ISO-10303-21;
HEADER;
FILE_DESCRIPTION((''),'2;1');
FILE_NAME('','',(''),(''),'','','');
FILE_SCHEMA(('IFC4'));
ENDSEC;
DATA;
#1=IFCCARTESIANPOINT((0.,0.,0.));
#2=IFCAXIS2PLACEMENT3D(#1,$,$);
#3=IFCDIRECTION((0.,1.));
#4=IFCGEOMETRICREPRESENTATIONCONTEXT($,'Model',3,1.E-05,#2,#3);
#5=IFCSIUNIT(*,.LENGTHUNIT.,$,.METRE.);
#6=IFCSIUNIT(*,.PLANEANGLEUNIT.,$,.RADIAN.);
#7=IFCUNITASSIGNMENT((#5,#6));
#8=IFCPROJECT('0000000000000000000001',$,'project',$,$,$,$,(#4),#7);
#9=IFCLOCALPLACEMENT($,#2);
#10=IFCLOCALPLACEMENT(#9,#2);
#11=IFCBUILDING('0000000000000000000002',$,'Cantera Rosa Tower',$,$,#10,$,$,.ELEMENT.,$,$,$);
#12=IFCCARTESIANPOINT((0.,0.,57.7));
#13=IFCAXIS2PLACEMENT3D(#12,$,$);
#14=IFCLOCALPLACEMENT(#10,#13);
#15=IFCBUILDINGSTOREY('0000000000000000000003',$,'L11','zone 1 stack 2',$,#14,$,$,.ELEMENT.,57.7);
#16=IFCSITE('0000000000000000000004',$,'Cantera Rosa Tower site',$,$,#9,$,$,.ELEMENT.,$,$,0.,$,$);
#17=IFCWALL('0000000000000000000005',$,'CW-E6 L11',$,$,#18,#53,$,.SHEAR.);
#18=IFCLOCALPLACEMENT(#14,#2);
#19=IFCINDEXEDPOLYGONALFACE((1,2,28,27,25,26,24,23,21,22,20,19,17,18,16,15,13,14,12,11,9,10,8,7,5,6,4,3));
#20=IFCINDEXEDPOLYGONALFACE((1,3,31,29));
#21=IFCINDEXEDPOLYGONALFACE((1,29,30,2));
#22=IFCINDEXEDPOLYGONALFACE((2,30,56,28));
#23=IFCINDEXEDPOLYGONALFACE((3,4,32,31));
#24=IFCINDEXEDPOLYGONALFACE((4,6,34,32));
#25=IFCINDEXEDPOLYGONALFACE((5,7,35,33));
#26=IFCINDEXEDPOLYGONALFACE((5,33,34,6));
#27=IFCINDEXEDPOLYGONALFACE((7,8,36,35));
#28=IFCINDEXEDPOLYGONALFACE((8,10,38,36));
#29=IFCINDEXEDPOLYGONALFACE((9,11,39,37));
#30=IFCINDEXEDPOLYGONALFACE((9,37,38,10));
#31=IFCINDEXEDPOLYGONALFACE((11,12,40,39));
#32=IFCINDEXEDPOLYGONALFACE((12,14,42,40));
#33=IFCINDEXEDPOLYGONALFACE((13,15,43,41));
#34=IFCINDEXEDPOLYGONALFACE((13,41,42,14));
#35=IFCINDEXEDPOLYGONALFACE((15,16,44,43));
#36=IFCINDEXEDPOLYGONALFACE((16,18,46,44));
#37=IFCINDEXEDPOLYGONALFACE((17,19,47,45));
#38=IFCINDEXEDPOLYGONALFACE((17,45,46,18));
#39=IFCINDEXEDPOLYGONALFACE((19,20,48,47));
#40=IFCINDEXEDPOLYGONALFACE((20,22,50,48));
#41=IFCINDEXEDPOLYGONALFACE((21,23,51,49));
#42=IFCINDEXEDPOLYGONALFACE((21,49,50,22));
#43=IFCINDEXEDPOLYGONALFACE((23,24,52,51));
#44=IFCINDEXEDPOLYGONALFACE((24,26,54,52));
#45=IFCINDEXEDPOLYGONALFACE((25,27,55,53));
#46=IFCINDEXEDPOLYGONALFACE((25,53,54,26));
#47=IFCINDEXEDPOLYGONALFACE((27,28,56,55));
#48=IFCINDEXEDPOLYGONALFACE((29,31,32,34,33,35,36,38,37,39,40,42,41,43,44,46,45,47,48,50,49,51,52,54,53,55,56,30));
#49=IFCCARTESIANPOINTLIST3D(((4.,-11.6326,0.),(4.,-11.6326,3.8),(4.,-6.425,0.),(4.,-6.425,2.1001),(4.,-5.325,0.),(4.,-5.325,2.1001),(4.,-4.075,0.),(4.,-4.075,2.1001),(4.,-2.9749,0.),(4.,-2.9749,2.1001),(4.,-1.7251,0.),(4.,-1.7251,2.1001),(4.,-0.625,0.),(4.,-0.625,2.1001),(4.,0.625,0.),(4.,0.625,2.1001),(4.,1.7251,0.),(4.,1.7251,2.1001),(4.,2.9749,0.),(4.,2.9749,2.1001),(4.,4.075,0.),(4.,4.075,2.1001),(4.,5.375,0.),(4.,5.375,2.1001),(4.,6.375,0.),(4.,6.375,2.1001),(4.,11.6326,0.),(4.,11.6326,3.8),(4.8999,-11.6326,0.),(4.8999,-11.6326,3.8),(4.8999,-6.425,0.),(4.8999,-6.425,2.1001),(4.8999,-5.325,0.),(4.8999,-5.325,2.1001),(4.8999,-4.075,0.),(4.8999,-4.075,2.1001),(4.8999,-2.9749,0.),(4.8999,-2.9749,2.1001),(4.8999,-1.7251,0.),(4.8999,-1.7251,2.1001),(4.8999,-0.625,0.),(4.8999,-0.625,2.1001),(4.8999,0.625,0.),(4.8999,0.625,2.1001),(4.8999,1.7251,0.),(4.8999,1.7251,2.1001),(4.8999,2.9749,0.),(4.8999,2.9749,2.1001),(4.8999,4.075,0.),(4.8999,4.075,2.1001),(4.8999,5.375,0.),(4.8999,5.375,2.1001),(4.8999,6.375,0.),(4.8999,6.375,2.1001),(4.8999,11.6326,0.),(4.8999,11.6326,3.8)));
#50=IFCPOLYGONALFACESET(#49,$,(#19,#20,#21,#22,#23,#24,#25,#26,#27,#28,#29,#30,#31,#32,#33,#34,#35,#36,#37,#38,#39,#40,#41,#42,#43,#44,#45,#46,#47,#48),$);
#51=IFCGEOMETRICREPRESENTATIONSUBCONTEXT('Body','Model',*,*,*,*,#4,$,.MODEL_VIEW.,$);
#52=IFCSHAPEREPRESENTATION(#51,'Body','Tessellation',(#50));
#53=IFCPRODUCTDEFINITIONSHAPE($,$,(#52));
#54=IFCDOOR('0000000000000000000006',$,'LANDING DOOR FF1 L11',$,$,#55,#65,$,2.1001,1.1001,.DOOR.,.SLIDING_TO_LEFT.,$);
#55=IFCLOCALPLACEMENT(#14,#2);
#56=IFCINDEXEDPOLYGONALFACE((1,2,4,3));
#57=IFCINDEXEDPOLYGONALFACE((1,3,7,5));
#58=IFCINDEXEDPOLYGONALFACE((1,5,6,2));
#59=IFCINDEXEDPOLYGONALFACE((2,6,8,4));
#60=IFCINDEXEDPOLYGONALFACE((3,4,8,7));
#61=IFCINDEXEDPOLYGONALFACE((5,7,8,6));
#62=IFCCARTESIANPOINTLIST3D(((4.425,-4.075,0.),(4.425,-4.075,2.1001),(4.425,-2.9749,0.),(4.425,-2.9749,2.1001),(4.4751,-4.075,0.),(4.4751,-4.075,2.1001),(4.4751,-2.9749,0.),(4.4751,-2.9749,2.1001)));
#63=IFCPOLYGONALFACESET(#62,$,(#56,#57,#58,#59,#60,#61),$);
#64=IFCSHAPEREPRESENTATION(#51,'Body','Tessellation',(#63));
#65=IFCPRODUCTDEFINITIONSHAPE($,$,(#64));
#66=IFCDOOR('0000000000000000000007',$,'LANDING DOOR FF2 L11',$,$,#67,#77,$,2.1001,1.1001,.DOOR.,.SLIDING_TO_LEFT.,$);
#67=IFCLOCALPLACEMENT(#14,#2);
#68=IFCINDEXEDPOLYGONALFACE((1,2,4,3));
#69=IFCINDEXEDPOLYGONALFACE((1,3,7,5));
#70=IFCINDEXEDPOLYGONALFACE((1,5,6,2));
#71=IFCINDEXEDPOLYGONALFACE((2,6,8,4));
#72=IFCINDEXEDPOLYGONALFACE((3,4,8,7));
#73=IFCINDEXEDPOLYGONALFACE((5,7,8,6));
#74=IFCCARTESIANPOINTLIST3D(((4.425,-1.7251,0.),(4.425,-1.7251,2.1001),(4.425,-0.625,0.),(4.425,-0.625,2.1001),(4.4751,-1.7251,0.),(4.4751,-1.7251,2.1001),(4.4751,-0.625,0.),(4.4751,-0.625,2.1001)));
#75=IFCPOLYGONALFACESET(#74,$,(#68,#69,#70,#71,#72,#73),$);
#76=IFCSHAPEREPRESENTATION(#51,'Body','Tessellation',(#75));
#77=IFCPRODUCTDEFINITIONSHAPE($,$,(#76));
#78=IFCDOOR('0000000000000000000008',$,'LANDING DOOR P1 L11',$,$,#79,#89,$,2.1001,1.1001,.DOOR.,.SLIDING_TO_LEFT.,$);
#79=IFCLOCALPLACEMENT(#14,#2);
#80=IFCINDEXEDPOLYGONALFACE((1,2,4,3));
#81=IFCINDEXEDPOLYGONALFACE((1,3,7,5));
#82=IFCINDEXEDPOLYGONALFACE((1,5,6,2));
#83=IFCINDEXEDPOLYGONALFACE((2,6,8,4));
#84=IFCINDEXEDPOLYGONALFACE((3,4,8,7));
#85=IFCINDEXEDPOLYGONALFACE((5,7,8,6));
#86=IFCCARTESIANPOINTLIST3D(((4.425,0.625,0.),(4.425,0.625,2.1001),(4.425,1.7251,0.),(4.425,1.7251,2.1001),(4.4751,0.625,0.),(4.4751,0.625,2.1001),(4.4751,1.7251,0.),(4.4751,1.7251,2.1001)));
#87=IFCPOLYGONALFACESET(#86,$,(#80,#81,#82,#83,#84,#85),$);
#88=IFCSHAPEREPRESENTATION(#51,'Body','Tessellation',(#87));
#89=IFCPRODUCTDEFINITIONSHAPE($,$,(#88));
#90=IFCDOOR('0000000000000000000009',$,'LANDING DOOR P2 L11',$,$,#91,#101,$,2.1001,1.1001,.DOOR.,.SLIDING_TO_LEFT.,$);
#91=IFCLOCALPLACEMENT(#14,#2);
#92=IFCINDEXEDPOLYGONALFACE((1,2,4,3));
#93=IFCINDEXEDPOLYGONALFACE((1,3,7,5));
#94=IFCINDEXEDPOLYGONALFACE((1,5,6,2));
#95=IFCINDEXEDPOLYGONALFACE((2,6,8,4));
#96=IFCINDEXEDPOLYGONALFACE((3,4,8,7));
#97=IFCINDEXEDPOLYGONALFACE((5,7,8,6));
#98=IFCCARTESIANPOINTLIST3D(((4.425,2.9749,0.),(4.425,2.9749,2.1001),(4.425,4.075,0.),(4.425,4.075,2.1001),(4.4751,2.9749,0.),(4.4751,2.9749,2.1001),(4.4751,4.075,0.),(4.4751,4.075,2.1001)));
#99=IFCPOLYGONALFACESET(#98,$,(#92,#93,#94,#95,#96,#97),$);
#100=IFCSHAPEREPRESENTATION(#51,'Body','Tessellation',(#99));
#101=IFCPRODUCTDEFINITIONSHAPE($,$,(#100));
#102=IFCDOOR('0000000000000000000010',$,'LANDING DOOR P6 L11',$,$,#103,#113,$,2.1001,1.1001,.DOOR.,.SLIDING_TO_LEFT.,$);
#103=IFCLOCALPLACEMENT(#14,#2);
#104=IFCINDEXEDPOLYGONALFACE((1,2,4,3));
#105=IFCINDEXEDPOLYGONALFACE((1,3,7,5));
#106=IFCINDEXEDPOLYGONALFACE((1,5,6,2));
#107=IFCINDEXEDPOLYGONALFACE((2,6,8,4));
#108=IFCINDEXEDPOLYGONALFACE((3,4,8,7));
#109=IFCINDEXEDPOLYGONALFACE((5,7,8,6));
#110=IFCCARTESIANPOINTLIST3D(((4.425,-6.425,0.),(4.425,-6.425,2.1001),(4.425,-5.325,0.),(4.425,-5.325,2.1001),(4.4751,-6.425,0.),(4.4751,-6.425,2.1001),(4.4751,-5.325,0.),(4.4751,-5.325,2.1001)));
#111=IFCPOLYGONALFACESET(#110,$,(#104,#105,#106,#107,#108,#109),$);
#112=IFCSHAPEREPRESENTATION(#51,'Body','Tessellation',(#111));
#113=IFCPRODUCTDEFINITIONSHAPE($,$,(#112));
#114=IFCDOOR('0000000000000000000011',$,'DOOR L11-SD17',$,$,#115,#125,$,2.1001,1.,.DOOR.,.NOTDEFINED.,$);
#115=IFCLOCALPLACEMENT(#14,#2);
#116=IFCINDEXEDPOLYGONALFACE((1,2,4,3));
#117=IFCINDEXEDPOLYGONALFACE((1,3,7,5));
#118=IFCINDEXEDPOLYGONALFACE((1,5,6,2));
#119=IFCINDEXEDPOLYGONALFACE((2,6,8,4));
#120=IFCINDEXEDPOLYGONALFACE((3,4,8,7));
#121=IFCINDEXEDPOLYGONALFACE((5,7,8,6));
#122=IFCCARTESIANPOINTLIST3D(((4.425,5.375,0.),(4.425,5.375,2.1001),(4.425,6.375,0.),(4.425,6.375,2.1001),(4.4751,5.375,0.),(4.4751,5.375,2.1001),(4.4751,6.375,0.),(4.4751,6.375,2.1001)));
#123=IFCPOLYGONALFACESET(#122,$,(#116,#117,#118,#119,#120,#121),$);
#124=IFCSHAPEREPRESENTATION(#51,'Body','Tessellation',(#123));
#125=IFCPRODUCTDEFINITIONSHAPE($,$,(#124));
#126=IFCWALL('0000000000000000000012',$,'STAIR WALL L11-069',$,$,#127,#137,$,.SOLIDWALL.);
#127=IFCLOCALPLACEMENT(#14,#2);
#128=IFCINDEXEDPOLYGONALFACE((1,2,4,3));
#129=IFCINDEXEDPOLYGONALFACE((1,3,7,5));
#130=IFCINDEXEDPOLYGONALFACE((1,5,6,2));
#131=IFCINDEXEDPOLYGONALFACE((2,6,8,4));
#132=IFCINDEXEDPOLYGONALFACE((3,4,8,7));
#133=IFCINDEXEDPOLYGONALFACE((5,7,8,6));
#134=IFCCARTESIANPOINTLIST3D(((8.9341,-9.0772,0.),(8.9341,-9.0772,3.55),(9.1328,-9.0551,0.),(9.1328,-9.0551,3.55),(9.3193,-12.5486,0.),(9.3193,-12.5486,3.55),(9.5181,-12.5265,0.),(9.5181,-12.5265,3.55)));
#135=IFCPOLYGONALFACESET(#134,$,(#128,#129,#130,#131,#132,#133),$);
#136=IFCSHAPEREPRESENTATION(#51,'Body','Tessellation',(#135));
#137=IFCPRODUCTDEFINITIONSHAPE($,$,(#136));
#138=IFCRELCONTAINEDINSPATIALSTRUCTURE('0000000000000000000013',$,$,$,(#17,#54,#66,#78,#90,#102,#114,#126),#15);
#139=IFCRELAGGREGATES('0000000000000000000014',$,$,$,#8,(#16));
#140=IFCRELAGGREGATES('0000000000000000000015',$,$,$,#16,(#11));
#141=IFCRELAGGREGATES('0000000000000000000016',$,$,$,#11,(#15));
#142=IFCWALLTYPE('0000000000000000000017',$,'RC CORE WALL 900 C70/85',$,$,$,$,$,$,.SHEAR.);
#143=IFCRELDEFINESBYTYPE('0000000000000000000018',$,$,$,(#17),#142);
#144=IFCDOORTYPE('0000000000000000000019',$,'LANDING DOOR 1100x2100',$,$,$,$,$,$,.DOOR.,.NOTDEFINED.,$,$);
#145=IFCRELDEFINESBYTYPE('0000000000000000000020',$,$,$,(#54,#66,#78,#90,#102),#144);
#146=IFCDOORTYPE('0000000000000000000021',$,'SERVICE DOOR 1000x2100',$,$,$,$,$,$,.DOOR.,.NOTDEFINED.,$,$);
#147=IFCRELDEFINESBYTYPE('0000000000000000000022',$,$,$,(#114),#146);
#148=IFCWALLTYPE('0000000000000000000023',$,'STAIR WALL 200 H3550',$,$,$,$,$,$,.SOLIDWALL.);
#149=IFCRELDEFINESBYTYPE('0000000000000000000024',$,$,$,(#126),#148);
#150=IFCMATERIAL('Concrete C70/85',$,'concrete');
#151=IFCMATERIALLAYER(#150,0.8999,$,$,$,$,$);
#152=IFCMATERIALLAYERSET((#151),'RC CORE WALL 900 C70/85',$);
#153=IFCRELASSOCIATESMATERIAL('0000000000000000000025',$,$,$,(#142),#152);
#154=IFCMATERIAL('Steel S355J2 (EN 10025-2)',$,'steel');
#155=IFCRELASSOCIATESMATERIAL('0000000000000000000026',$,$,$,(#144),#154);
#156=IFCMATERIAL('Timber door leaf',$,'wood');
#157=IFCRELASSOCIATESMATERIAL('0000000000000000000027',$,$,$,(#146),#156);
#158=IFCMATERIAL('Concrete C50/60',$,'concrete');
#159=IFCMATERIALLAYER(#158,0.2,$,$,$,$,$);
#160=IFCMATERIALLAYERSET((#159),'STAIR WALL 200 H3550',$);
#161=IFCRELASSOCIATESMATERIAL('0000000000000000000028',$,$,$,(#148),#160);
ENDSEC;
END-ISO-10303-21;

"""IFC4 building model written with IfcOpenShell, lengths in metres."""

from ifc_helpers import new_model, si_unit, direction, frame, frame_2d, origin, place, context, subcontext, project, spatial, rectangle, extrude, material, layer, layer_set, type_object, element, fill, save


model = new_model("IFC4")

# Units and contexts
model_context = context("Model", 3, precision=1e-05, world=origin(), true_north=direction((0.0, 1.0)))
body_context = subcontext(model_context, "Body", "Model", "MODEL_VIEW")
ifc_project = project(units=[si_unit("LENGTHUNIT", "METRE"), si_unit("PLANEANGLEUNIT", "RADIAN")], contexts=[model_context])

# Site, building, storey
site_placement = place(None, origin())
site = spatial("IfcSite", under=ifc_project, at=site_placement, Name="Cantera Rosa Tower site", CompositionType="ELEMENT", RefElevation=0.0)
building_placement = place(site_placement, origin())
building = spatial("IfcBuilding", under=site, at=building_placement, Name="Cantera Rosa Tower", CompositionType="ELEMENT")
storey_placement = place(building_placement, frame((0.0, 0.0, 57.7)))
storey = spatial("IfcBuildingStorey", under=building, at=storey_placement, Name="L11", Description="zone 1 stack 2", CompositionType="ELEMENT", Elevation=57.7)

# Wall, openings, doors
ifc_material_1 = material(Name="Concrete C70/85", Category="concrete")
ifc_layer_1 = layer(ifc_material_1, 0.8999)
ifc_layer_set_1 = layer_set([ifc_layer_1], Name="RC CORE WALL 900 C70/85")
wall_type_1 = type_object("IfcWallType", Name="RC CORE WALL 900 C70/85", PredefinedType="SHEAR", material=ifc_layer_set_1)
wall_1_placement = place(storey_placement, frame((4.45, -11.6326, 0.0), z_axis=(0.0, 0.0, 1.0), x_axis=(0.0, 1.0, 0.0)))
wall_1 = element("IfcWall", 1, at=wall_1_placement, inside=storey, type_object=wall_type_1, Name="CW-E6 L11", PredefinedType="SHEAR", context=body_context, shape_type="SweptSolid", body=[
    extrude(rectangle(XDim=23.2651, YDim=0.8999, at=frame_2d((11.6326, 0.0))), origin(), (0.0, 0.0, 1.0), 3.8),
])
opening_1_placement = place(wall_1_placement, frame((7.5576, 0.0, 0.0)))
opening_1 = element("IfcOpeningElement", 2, at=opening_1_placement, cuts=wall_1, PredefinedType="OPENING", context=body_context, shape_type="SweptSolid", body=[
    extrude(rectangle(XDim=1.1001, YDim=2.1001, at=frame_2d((0.55, 1.05))), frame((0.0, 0.46, 0.0), z_axis=(0.0, -1.0, 0.0), x_axis=(1.0, 0.0, 0.0)), (0.0, 0.0, 1.0), 0.9199),
])
opening_2_placement = place(wall_1_placement, frame((9.9075, 0.0, 0.0)))
opening_2 = element("IfcOpeningElement", 3, at=opening_2_placement, cuts=wall_1, PredefinedType="OPENING", context=body_context, shape_type="SweptSolid", body=[
    extrude(rectangle(XDim=1.1001, YDim=2.1001, at=frame_2d((0.55, 1.05))), frame((0.0, 0.46, 0.0), z_axis=(0.0, -1.0, 0.0), x_axis=(1.0, 0.0, 0.0)), (0.0, 0.0, 1.0), 0.9199),
])
opening_3_placement = place(wall_1_placement, frame((12.2576, 0.0, 0.0)))
opening_3 = element("IfcOpeningElement", 4, at=opening_3_placement, cuts=wall_1, PredefinedType="OPENING", context=body_context, shape_type="SweptSolid", body=[
    extrude(rectangle(XDim=1.1001, YDim=2.1001, at=frame_2d((0.55, 1.05))), frame((0.0, 0.46, 0.0), z_axis=(0.0, -1.0, 0.0), x_axis=(1.0, 0.0, 0.0)), (0.0, 0.0, 1.0), 0.9199),
])
opening_4_placement = place(wall_1_placement, frame((14.6074, 0.0, 0.0)))
opening_4 = element("IfcOpeningElement", 5, at=opening_4_placement, cuts=wall_1, PredefinedType="OPENING", context=body_context, shape_type="SweptSolid", body=[
    extrude(rectangle(XDim=1.1001, YDim=2.1001, at=frame_2d((0.55, 1.05))), frame((0.0, 0.46, 0.0), z_axis=(0.0, -1.0, 0.0), x_axis=(1.0, 0.0, 0.0)), (0.0, 0.0, 1.0), 0.9199),
])
opening_5_placement = place(wall_1_placement, frame((5.2075, 0.0, 0.0)))
opening_5 = element("IfcOpeningElement", 6, at=opening_5_placement, cuts=wall_1, PredefinedType="OPENING", context=body_context, shape_type="SweptSolid", body=[
    extrude(rectangle(XDim=1.1001, YDim=2.1001, at=frame_2d((0.55, 1.05))), frame((0.0, 0.46, 0.0), z_axis=(0.0, -1.0, 0.0), x_axis=(1.0, 0.0, 0.0)), (0.0, 0.0, 1.0), 0.9199),
])
opening_6_placement = place(wall_1_placement, frame((17.0076, 0.0, 0.0)))
opening_6 = element("IfcOpeningElement", 7, at=opening_6_placement, cuts=wall_1, PredefinedType="OPENING", context=body_context, shape_type="SweptSolid", body=[
    extrude(rectangle(XDim=1.0, YDim=2.1001, at=frame_2d((0.5, 1.05))), frame((0.0, 0.46, 0.0), z_axis=(0.0, -1.0, 0.0), x_axis=(1.0, 0.0, 0.0)), (0.0, 0.0, 1.0), 0.9199),
])
ifc_material_2 = material(Name="Steel S355J2 (EN 10025-2)", Category="steel")
door_type_1 = type_object("IfcDoorType", Name="LANDING DOOR 1100x2100", OperationType="NOTDEFINED", PredefinedType="DOOR", material=ifc_material_2)
door_1_placement = place(opening_1_placement, origin())
door_1 = element("IfcDoor", 8, at=door_1_placement, inside=storey, type_object=door_type_1, Name="LANDING DOOR FF1 L11", OperationType="SLIDING_TO_LEFT", OverallHeight=2.1001, OverallWidth=1.1001, PredefinedType="DOOR", context=body_context, shape_type="SweptSolid", body=[
    extrude(rectangle(XDim=1.1001, YDim=2.1001, at=frame_2d((0.55, 1.05))), frame((0.0, 0.0249, 0.0), z_axis=(0.0, -1.0, 0.0), x_axis=(1.0, 0.0, 0.0)), (0.0, 0.0, 1.0), 0.05),
])
fill(opening_1, door_1)
door_2_placement = place(opening_2_placement, origin())
door_2 = element("IfcDoor", 9, at=door_2_placement, inside=storey, type_object=door_type_1, Name="LANDING DOOR FF2 L11", OperationType="SLIDING_TO_LEFT", OverallHeight=2.1001, OverallWidth=1.1001, PredefinedType="DOOR", context=body_context, shape_type="SweptSolid", body=[
    extrude(rectangle(XDim=1.1001, YDim=2.1001, at=frame_2d((0.55, 1.05))), frame((0.0, 0.0249, 0.0), z_axis=(0.0, -1.0, 0.0), x_axis=(1.0, 0.0, 0.0)), (0.0, 0.0, 1.0), 0.05),
])
fill(opening_2, door_2)
door_3_placement = place(opening_3_placement, origin())
door_3 = element("IfcDoor", 10, at=door_3_placement, inside=storey, type_object=door_type_1, Name="LANDING DOOR P1 L11", OperationType="SLIDING_TO_LEFT", OverallHeight=2.1001, OverallWidth=1.1001, PredefinedType="DOOR", context=body_context, shape_type="SweptSolid", body=[
    extrude(rectangle(XDim=1.1001, YDim=2.1001, at=frame_2d((0.55, 1.05))), frame((0.0, 0.0249, 0.0), z_axis=(0.0, -1.0, 0.0), x_axis=(1.0, 0.0, 0.0)), (0.0, 0.0, 1.0), 0.05),
])
fill(opening_3, door_3)
door_4_placement = place(opening_4_placement, origin())
door_4 = element("IfcDoor", 11, at=door_4_placement, inside=storey, type_object=door_type_1, Name="LANDING DOOR P2 L11", OperationType="SLIDING_TO_LEFT", OverallHeight=2.1001, OverallWidth=1.1001, PredefinedType="DOOR", context=body_context, shape_type="SweptSolid", body=[
    extrude(rectangle(XDim=1.1001, YDim=2.1001, at=frame_2d((0.55, 1.05))), frame((0.0, 0.0249, 0.0), z_axis=(0.0, -1.0, 0.0), x_axis=(1.0, 0.0, 0.0)), (0.0, 0.0, 1.0), 0.05),
])
fill(opening_4, door_4)
door_5_placement = place(opening_5_placement, origin())
door_5 = element("IfcDoor", 12, at=door_5_placement, inside=storey, type_object=door_type_1, Name="LANDING DOOR P6 L11", OperationType="SLIDING_TO_LEFT", OverallHeight=2.1001, OverallWidth=1.1001, PredefinedType="DOOR", context=body_context, shape_type="SweptSolid", body=[
    extrude(rectangle(XDim=1.1001, YDim=2.1001, at=frame_2d((0.55, 1.05))), frame((0.0, 0.0249, 0.0), z_axis=(0.0, -1.0, 0.0), x_axis=(1.0, 0.0, 0.0)), (0.0, 0.0, 1.0), 0.05),
])
fill(opening_5, door_5)
ifc_material_3 = material(Name="Timber door leaf", Category="wood")
door_type_2 = type_object("IfcDoorType", Name="SERVICE DOOR 1000x2100", OperationType="NOTDEFINED", PredefinedType="DOOR", material=ifc_material_3)
door_6_placement = place(opening_6_placement, origin())
door_6 = element("IfcDoor", 13, at=door_6_placement, inside=storey, type_object=door_type_2, Name="DOOR L11-SD17", OperationType="NOTDEFINED", OverallHeight=2.1001, OverallWidth=1.0, PredefinedType="DOOR", context=body_context, shape_type="SweptSolid", body=[
    extrude(rectangle(XDim=1.0, YDim=2.1001, at=frame_2d((0.5, 1.05))), frame((0.0, 0.0249, 0.0), z_axis=(0.0, -1.0, 0.0), x_axis=(1.0, 0.0, 0.0)), (0.0, 0.0, 1.0), 0.05),
])
fill(opening_6, door_6)

# Wall
ifc_material_4 = material(Name="Concrete C50/60", Category="concrete")
ifc_layer_2 = layer(ifc_material_4, 0.2)
ifc_layer_set_2 = layer_set([ifc_layer_2], Name="STAIR WALL 200 H3550")
wall_type_2 = type_object("IfcWallType", Name="STAIR WALL 200 H3550", PredefinedType="SOLIDWALL", material=ifc_layer_set_2)
wall_2_placement = place(storey_placement, frame((9.0334, -9.0662, 0.0), z_axis=(0.0, 0.0, 1.0), x_axis=(0.110301, -0.993898, 0.0)))
element("IfcWall", 14, at=wall_2_placement, inside=storey, type_object=wall_type_2, Name="STAIR WALL L11-069", PredefinedType="SOLIDWALL", context=body_context, shape_type="SweptSolid", body=[
    extrude(rectangle(XDim=3.4927, YDim=0.2, at=frame_2d((1.7463, 0.0))), origin(), (0.0, 0.0, 1.0), 3.55),
])

save(model, "model.ifc")
